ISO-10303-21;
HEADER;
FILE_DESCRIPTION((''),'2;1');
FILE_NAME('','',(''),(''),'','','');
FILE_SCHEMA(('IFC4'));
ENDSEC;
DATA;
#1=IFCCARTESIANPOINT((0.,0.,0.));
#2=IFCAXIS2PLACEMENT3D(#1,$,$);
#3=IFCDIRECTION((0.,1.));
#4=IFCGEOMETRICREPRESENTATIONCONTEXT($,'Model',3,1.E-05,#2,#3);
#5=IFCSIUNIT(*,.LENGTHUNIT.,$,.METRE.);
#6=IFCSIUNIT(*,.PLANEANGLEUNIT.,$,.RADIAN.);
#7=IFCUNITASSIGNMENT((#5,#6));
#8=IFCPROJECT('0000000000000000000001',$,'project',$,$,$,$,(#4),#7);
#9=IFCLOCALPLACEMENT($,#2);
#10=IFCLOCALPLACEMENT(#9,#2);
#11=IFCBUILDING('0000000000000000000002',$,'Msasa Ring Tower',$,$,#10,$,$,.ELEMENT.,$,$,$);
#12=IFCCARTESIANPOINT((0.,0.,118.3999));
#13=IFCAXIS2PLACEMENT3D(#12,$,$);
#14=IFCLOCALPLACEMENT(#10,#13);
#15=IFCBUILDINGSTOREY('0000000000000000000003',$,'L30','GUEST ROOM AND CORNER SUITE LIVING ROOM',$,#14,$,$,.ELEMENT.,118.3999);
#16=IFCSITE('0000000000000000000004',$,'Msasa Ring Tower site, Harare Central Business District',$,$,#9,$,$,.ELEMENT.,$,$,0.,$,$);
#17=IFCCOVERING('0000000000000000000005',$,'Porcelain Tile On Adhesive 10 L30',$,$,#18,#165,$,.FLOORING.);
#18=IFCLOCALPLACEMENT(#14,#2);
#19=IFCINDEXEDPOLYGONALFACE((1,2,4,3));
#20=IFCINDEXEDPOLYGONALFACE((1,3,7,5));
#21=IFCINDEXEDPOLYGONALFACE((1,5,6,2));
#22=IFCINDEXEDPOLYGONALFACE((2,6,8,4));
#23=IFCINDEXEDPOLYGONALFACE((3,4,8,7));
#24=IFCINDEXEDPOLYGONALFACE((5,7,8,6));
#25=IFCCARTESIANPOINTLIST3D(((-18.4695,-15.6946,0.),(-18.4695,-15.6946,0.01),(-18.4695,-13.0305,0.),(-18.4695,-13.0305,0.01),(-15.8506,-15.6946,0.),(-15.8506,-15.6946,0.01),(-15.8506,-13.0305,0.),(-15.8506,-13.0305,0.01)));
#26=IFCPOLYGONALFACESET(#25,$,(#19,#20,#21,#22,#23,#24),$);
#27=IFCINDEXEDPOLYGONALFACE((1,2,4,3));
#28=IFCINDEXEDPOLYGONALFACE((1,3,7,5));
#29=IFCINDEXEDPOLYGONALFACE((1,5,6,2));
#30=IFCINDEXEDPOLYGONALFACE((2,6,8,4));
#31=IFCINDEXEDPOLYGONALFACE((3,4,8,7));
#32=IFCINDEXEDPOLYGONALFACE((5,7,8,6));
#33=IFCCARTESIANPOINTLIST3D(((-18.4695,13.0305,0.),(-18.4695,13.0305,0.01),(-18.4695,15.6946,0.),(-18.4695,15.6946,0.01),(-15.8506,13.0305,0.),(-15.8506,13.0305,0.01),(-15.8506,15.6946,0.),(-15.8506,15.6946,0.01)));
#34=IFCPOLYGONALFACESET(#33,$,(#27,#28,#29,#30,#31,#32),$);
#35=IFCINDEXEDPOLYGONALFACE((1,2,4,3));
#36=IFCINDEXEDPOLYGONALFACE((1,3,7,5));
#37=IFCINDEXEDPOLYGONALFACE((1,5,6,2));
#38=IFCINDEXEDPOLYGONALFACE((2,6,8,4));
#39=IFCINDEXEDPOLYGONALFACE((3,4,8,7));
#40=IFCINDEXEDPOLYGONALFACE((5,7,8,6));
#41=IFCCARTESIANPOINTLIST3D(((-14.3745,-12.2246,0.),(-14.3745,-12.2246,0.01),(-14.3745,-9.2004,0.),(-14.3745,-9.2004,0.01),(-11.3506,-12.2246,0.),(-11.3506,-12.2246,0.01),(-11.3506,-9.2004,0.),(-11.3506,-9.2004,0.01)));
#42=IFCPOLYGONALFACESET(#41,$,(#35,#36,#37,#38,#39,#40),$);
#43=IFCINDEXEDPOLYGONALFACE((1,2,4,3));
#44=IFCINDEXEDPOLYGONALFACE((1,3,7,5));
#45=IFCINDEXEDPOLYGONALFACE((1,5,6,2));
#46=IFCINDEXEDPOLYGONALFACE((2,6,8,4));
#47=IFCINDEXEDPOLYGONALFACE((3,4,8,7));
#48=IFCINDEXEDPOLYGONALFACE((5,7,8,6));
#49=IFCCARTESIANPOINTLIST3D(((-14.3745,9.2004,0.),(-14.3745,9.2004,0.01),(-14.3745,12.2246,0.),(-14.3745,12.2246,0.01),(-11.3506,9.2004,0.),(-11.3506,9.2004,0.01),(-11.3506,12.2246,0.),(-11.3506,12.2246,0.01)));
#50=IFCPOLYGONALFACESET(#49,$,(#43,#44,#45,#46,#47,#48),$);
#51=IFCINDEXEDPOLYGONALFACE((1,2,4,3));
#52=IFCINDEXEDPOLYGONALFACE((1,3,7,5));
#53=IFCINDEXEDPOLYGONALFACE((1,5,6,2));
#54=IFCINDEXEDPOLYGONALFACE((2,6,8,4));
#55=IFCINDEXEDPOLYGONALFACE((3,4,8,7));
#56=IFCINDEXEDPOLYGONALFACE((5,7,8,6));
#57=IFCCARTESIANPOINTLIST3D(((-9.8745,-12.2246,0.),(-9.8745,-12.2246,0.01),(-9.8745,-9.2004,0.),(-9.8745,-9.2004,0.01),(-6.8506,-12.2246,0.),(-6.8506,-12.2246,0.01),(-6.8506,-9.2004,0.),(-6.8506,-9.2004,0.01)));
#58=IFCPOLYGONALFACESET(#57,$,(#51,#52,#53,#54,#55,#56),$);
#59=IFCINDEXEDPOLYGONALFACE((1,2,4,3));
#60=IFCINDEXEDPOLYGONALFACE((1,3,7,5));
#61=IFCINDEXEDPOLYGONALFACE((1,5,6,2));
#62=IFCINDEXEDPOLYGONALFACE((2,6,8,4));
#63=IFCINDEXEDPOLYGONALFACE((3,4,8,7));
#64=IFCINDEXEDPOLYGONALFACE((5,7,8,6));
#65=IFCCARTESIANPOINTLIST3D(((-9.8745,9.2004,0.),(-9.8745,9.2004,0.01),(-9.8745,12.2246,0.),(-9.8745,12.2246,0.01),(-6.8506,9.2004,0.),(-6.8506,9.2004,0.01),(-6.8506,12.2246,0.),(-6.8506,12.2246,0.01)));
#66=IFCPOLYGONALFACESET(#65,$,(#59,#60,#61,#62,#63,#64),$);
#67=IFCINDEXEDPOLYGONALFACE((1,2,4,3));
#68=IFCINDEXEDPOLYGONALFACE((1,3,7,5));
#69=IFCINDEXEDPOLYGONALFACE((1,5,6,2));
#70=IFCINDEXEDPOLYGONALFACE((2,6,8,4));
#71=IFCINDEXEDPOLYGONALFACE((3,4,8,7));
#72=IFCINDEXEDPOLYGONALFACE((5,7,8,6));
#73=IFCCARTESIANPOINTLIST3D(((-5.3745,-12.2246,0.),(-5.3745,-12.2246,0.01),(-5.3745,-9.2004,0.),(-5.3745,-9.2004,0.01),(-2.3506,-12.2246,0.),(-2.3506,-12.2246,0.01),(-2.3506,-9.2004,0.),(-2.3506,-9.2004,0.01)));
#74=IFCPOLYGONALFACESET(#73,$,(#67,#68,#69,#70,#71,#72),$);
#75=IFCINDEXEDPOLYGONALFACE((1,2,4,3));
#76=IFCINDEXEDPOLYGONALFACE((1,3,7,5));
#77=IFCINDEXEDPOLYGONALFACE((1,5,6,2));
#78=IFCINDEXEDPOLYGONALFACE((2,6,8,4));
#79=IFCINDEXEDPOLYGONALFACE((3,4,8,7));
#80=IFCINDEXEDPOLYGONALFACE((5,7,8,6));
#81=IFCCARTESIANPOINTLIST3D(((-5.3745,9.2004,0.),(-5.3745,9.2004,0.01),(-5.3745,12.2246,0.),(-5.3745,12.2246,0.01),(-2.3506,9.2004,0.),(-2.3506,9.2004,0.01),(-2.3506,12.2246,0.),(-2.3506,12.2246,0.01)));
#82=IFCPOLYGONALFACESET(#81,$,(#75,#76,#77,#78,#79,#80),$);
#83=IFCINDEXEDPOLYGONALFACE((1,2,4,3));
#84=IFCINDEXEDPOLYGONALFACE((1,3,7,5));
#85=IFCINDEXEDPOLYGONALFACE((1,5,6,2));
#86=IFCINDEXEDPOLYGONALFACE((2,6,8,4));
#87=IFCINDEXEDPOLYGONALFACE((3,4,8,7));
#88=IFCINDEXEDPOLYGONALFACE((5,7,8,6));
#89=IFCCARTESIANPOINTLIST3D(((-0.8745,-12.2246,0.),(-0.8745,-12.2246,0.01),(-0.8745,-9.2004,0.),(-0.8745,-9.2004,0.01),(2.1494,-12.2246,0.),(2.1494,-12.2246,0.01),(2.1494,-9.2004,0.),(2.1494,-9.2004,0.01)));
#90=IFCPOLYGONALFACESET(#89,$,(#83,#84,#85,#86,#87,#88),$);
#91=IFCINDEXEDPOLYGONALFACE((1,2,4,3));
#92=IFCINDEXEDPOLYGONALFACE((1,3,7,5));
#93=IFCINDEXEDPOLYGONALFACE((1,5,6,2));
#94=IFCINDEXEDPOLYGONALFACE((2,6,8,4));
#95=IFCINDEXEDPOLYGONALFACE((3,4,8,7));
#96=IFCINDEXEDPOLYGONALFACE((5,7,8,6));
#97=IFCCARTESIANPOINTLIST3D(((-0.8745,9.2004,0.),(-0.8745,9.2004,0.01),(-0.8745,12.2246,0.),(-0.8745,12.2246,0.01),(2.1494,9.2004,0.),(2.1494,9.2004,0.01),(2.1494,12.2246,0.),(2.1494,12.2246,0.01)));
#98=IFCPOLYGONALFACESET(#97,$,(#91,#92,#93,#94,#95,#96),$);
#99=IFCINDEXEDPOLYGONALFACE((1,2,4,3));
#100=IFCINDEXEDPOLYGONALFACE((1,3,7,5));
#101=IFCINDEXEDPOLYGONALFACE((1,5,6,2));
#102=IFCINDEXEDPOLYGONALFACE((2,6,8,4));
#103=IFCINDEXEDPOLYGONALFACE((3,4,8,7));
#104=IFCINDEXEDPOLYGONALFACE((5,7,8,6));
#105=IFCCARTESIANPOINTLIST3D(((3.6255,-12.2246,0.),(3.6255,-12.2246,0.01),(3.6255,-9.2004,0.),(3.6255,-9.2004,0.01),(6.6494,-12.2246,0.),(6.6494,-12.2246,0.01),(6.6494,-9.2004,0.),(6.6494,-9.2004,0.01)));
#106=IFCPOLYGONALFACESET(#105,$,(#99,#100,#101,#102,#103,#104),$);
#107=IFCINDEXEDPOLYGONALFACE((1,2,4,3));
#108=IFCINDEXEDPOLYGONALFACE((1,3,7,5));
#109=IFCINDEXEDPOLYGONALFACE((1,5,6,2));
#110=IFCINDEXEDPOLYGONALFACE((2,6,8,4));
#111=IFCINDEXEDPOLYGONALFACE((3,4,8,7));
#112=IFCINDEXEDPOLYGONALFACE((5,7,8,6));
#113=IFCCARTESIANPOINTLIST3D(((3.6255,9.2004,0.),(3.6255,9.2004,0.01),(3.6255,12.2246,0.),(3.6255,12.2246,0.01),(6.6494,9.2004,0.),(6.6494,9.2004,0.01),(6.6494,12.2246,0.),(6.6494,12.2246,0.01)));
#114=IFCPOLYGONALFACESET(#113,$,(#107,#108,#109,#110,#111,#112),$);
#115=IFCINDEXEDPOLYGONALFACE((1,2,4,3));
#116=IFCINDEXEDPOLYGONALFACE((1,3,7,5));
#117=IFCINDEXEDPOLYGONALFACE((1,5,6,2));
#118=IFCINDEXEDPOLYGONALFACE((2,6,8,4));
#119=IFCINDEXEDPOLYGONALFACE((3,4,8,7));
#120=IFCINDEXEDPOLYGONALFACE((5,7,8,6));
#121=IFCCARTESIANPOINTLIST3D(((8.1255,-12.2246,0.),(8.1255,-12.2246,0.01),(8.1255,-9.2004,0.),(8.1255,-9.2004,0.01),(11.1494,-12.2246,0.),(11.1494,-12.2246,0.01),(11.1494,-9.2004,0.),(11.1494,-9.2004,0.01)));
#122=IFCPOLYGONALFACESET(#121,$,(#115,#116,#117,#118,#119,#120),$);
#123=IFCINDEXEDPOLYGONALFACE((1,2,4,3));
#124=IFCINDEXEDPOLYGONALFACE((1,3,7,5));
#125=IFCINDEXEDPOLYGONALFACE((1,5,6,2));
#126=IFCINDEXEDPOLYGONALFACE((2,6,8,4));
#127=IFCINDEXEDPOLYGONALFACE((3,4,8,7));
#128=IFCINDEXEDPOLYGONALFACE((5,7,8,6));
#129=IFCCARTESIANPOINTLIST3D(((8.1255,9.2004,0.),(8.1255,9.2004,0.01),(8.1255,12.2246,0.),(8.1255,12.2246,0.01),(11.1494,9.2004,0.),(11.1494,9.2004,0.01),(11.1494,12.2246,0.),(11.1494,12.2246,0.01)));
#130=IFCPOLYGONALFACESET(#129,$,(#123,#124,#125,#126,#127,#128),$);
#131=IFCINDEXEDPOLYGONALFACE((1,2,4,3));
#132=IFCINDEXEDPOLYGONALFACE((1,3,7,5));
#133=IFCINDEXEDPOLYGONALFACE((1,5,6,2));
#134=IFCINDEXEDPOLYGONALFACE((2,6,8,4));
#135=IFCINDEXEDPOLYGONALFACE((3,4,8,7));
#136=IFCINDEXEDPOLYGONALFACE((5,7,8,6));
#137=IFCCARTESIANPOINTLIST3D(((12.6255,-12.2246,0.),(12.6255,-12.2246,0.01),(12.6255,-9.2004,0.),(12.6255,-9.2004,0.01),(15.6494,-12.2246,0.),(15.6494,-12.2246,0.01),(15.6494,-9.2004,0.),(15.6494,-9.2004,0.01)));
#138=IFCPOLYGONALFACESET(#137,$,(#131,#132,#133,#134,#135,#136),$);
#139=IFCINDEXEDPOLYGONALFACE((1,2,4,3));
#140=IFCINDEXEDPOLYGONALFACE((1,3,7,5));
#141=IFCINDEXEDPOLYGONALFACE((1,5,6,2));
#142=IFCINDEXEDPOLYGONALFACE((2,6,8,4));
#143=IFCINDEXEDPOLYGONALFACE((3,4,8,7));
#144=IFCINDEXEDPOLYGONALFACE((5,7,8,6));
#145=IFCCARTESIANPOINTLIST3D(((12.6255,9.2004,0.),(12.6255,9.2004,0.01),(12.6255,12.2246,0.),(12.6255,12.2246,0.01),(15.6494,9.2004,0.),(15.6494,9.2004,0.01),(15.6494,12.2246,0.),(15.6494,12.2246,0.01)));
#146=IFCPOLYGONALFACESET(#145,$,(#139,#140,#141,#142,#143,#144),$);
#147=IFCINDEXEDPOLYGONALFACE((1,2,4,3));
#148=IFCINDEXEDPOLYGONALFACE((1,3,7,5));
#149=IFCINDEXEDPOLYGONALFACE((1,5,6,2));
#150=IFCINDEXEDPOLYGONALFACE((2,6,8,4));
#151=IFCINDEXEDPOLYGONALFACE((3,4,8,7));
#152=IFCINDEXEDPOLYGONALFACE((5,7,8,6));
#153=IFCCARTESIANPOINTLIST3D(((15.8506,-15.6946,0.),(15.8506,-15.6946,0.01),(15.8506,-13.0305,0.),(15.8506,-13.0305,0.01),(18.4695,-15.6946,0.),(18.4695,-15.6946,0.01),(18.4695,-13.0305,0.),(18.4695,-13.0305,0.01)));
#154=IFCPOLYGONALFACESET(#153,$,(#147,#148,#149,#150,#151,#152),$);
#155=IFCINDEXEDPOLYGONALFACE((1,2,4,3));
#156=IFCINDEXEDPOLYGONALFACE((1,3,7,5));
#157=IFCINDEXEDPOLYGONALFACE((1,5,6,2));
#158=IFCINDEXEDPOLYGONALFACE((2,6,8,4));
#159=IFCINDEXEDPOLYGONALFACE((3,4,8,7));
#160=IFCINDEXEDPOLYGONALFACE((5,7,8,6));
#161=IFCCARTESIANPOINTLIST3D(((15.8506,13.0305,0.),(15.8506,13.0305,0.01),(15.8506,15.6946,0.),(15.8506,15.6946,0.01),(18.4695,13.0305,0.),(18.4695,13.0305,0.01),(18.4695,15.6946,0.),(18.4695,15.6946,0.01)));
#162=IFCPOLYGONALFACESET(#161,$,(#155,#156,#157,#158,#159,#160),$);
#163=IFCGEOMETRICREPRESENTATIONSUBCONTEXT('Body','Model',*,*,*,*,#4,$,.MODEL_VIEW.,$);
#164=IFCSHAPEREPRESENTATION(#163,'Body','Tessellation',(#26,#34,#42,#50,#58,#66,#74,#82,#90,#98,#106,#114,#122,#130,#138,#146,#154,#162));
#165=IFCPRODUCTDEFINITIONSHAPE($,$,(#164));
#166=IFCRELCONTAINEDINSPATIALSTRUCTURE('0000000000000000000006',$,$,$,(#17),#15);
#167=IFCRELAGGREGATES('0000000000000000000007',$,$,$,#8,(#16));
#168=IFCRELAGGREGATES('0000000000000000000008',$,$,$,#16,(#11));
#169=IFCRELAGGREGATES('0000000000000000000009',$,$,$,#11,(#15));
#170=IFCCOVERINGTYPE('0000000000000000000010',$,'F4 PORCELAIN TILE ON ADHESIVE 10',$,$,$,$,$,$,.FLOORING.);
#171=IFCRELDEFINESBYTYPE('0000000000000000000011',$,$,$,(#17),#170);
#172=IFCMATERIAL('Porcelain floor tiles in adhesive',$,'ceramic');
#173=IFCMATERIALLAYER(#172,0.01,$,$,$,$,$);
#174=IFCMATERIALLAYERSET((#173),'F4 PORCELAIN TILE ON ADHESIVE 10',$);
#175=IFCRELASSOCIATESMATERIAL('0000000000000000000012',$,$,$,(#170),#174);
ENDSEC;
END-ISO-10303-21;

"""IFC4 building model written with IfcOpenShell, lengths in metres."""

from ifc_helpers import new_model, si_unit, direction, frame, origin, place, context, subcontext, project, spatial, line, indexed_curve, outline, extrude, material, layer, layer_set, type_object, element, save


model = new_model("IFC4")

# Units and contexts
model_context = context("Model", 3, precision=1e-05, world=origin(), true_north=direction((0.0, 1.0)))
body_context = subcontext(model_context, "Body", "Model", "MODEL_VIEW")
ifc_project = project(units=[si_unit("LENGTHUNIT", "METRE"), si_unit("PLANEANGLEUNIT", "RADIAN")], contexts=[model_context])

# Site, building, storey
site_placement = place(None, origin())
site = spatial("IfcSite", under=ifc_project, at=site_placement, Name="Msasa Ring Tower site, Harare Central Business District", CompositionType="ELEMENT", RefElevation=0.0)
building_placement = place(site_placement, origin())
building = spatial("IfcBuilding", under=site, at=building_placement, Name="Msasa Ring Tower", CompositionType="ELEMENT")
storey_placement = place(building_placement, frame((0.0, 0.0, 118.3999)))
storey = spatial("IfcBuildingStorey", under=building, at=storey_placement, Name="L30", Description="GUEST ROOM AND CORNER SUITE LIVING ROOM", CompositionType="ELEMENT", Elevation=118.3999)

# Covering
ifc_material_1 = material(Name="Porcelain floor tiles in adhesive", Category="ceramic")
ifc_layer_1 = layer(ifc_material_1, 0.01)
ifc_layer_set_1 = layer_set([ifc_layer_1], Name="F4 PORCELAIN TILE ON ADHESIVE 10")
covering_type_1 = type_object("IfcCoveringType", Name="F4 PORCELAIN TILE ON ADHESIVE 10", PredefinedType="FLOORING", material=ifc_layer_set_1)
covering_1_placement = place(storey_placement, origin())
element("IfcCovering", 1, at=covering_1_placement, inside=storey, type_object=covering_type_1, Name="Porcelain Tile On Adhesive 10 L30", PredefinedType="FLOORING", context=body_context, shape_type="SweptSolid", body=[
    extrude(outline(indexed_curve([(-15.8506, -13.0305), (-15.8506, -15.6946), (-18.4695, -15.6946), (-18.4695, -13.0305)], segments=[line(1, 2, 3, 4, 1)], self_intersect=False)), origin(), (0.0, 0.0, 1.0), 0.01),
    extrude(outline(indexed_curve([(-15.8506, 13.0305), (-18.4695, 13.0305), (-18.4695, 15.6946), (-15.8506, 15.6946)], segments=[line(1, 2, 3, 4, 1)], self_intersect=False)), origin(), (0.0, 0.0, 1.0), 0.01),
    extrude(outline(indexed_curve([(-11.3506, -9.2004), (-11.3506, -12.2246), (-14.3745, -12.2246), (-14.3745, -9.2004)], segments=[line(1, 2, 3, 4, 1)], self_intersect=False)), origin(), (0.0, 0.0, 1.0), 0.01),
    extrude(outline(indexed_curve([(-11.3506, 9.2004), (-14.3745, 9.2004), (-14.3745, 12.2246), (-11.3506, 12.2246)], segments=[line(1, 2, 3, 4, 1)], self_intersect=False)), origin(), (0.0, 0.0, 1.0), 0.01),
    extrude(outline(indexed_curve([(-6.8506, -9.2004), (-6.8506, -12.2246), (-9.8745, -12.2246), (-9.8745, -9.2004)], segments=[line(1, 2, 3, 4, 1)], self_intersect=False)), origin(), (0.0, 0.0, 1.0), 0.01),
    extrude(outline(indexed_curve([(-6.8506, 9.2004), (-9.8745, 9.2004), (-9.8745, 12.2246), (-6.8506, 12.2246)], segments=[line(1, 2, 3, 4, 1)], self_intersect=False)), origin(), (0.0, 0.0, 1.0), 0.01),
    extrude(outline(indexed_curve([(-2.3506, -9.2004), (-2.3506, -12.2246), (-5.3745, -12.2246), (-5.3745, -9.2004)], segments=[line(1, 2, 3, 4, 1)], self_intersect=False)), origin(), (0.0, 0.0, 1.0), 0.01),
    extrude(outline(indexed_curve([(-2.3506, 9.2004), (-5.3745, 9.2004), (-5.3745, 12.2246), (-2.3506, 12.2246)], segments=[line(1, 2, 3, 4, 1)], self_intersect=False)), origin(), (0.0, 0.0, 1.0), 0.01),
    extrude(outline(indexed_curve([(2.1494, -9.2004), (2.1494, -12.2246), (-0.8745, -12.2246), (-0.8745, -9.2004)], segments=[line(1, 2, 3, 4, 1)], self_intersect=False)), origin(), (0.0, 0.0, 1.0), 0.01),
    extrude(outline(indexed_curve([(2.1494, 9.2004), (-0.8745, 9.2004), (-0.8745, 12.2246), (2.1494, 12.2246)], segments=[line(1, 2, 3, 4, 1)], self_intersect=False)), origin(), (0.0, 0.0, 1.0), 0.01),
    extrude(outline(indexed_curve([(6.6494, -9.2004), (6.6494, -12.2246), (3.6255, -12.2246), (3.6255, -9.2004)], segments=[line(1, 2, 3, 4, 1)], self_intersect=False)), origin(), (0.0, 0.0, 1.0), 0.01),
    extrude(outline(indexed_curve([(6.6494, 9.2004), (3.6255, 9.2004), (3.6255, 12.2246), (6.6494, 12.2246)], segments=[line(1, 2, 3, 4, 1)], self_intersect=False)), origin(), (0.0, 0.0, 1.0), 0.01),
    extrude(outline(indexed_curve([(11.1494, -9.2004), (11.1494, -12.2246), (8.1255, -12.2246), (8.1255, -9.2004)], segments=[line(1, 2, 3, 4, 1)], self_intersect=False)), origin(), (0.0, 0.0, 1.0), 0.01),
    extrude(outline(indexed_curve([(11.1494, 9.2004), (8.1255, 9.2004), (8.1255, 12.2246), (11.1494, 12.2246)], segments=[line(1, 2, 3, 4, 1)], self_intersect=False)), origin(), (0.0, 0.0, 1.0), 0.01),
    extrude(outline(indexed_curve([(15.6494, -9.2004), (15.6494, -12.2246), (12.6255, -12.2246), (12.6255, -9.2004)], segments=[line(1, 2, 3, 4, 1)], self_intersect=False)), origin(), (0.0, 0.0, 1.0), 0.01),
    extrude(outline(indexed_curve([(15.6494, 9.2004), (12.6255, 9.2004), (12.6255, 12.2246), (15.6494, 12.2246)], segments=[line(1, 2, 3, 4, 1)], self_intersect=False)), origin(), (0.0, 0.0, 1.0), 0.01),
    extrude(outline(indexed_curve([(18.4695, -13.0305), (18.4695, -15.6946), (15.8506, -15.6946), (15.8506, -13.0305)], segments=[line(1, 2, 3, 4, 1)], self_intersect=False)), origin(), (0.0, 0.0, 1.0), 0.01),
    extrude(outline(indexed_curve([(18.4695, 13.0305), (15.8506, 13.0305), (15.8506, 15.6946), (18.4695, 15.6946)], segments=[line(1, 2, 3, 4, 1)], self_intersect=False)), origin(), (0.0, 0.0, 1.0), 0.01),
])

save(model, "model.ifc")
